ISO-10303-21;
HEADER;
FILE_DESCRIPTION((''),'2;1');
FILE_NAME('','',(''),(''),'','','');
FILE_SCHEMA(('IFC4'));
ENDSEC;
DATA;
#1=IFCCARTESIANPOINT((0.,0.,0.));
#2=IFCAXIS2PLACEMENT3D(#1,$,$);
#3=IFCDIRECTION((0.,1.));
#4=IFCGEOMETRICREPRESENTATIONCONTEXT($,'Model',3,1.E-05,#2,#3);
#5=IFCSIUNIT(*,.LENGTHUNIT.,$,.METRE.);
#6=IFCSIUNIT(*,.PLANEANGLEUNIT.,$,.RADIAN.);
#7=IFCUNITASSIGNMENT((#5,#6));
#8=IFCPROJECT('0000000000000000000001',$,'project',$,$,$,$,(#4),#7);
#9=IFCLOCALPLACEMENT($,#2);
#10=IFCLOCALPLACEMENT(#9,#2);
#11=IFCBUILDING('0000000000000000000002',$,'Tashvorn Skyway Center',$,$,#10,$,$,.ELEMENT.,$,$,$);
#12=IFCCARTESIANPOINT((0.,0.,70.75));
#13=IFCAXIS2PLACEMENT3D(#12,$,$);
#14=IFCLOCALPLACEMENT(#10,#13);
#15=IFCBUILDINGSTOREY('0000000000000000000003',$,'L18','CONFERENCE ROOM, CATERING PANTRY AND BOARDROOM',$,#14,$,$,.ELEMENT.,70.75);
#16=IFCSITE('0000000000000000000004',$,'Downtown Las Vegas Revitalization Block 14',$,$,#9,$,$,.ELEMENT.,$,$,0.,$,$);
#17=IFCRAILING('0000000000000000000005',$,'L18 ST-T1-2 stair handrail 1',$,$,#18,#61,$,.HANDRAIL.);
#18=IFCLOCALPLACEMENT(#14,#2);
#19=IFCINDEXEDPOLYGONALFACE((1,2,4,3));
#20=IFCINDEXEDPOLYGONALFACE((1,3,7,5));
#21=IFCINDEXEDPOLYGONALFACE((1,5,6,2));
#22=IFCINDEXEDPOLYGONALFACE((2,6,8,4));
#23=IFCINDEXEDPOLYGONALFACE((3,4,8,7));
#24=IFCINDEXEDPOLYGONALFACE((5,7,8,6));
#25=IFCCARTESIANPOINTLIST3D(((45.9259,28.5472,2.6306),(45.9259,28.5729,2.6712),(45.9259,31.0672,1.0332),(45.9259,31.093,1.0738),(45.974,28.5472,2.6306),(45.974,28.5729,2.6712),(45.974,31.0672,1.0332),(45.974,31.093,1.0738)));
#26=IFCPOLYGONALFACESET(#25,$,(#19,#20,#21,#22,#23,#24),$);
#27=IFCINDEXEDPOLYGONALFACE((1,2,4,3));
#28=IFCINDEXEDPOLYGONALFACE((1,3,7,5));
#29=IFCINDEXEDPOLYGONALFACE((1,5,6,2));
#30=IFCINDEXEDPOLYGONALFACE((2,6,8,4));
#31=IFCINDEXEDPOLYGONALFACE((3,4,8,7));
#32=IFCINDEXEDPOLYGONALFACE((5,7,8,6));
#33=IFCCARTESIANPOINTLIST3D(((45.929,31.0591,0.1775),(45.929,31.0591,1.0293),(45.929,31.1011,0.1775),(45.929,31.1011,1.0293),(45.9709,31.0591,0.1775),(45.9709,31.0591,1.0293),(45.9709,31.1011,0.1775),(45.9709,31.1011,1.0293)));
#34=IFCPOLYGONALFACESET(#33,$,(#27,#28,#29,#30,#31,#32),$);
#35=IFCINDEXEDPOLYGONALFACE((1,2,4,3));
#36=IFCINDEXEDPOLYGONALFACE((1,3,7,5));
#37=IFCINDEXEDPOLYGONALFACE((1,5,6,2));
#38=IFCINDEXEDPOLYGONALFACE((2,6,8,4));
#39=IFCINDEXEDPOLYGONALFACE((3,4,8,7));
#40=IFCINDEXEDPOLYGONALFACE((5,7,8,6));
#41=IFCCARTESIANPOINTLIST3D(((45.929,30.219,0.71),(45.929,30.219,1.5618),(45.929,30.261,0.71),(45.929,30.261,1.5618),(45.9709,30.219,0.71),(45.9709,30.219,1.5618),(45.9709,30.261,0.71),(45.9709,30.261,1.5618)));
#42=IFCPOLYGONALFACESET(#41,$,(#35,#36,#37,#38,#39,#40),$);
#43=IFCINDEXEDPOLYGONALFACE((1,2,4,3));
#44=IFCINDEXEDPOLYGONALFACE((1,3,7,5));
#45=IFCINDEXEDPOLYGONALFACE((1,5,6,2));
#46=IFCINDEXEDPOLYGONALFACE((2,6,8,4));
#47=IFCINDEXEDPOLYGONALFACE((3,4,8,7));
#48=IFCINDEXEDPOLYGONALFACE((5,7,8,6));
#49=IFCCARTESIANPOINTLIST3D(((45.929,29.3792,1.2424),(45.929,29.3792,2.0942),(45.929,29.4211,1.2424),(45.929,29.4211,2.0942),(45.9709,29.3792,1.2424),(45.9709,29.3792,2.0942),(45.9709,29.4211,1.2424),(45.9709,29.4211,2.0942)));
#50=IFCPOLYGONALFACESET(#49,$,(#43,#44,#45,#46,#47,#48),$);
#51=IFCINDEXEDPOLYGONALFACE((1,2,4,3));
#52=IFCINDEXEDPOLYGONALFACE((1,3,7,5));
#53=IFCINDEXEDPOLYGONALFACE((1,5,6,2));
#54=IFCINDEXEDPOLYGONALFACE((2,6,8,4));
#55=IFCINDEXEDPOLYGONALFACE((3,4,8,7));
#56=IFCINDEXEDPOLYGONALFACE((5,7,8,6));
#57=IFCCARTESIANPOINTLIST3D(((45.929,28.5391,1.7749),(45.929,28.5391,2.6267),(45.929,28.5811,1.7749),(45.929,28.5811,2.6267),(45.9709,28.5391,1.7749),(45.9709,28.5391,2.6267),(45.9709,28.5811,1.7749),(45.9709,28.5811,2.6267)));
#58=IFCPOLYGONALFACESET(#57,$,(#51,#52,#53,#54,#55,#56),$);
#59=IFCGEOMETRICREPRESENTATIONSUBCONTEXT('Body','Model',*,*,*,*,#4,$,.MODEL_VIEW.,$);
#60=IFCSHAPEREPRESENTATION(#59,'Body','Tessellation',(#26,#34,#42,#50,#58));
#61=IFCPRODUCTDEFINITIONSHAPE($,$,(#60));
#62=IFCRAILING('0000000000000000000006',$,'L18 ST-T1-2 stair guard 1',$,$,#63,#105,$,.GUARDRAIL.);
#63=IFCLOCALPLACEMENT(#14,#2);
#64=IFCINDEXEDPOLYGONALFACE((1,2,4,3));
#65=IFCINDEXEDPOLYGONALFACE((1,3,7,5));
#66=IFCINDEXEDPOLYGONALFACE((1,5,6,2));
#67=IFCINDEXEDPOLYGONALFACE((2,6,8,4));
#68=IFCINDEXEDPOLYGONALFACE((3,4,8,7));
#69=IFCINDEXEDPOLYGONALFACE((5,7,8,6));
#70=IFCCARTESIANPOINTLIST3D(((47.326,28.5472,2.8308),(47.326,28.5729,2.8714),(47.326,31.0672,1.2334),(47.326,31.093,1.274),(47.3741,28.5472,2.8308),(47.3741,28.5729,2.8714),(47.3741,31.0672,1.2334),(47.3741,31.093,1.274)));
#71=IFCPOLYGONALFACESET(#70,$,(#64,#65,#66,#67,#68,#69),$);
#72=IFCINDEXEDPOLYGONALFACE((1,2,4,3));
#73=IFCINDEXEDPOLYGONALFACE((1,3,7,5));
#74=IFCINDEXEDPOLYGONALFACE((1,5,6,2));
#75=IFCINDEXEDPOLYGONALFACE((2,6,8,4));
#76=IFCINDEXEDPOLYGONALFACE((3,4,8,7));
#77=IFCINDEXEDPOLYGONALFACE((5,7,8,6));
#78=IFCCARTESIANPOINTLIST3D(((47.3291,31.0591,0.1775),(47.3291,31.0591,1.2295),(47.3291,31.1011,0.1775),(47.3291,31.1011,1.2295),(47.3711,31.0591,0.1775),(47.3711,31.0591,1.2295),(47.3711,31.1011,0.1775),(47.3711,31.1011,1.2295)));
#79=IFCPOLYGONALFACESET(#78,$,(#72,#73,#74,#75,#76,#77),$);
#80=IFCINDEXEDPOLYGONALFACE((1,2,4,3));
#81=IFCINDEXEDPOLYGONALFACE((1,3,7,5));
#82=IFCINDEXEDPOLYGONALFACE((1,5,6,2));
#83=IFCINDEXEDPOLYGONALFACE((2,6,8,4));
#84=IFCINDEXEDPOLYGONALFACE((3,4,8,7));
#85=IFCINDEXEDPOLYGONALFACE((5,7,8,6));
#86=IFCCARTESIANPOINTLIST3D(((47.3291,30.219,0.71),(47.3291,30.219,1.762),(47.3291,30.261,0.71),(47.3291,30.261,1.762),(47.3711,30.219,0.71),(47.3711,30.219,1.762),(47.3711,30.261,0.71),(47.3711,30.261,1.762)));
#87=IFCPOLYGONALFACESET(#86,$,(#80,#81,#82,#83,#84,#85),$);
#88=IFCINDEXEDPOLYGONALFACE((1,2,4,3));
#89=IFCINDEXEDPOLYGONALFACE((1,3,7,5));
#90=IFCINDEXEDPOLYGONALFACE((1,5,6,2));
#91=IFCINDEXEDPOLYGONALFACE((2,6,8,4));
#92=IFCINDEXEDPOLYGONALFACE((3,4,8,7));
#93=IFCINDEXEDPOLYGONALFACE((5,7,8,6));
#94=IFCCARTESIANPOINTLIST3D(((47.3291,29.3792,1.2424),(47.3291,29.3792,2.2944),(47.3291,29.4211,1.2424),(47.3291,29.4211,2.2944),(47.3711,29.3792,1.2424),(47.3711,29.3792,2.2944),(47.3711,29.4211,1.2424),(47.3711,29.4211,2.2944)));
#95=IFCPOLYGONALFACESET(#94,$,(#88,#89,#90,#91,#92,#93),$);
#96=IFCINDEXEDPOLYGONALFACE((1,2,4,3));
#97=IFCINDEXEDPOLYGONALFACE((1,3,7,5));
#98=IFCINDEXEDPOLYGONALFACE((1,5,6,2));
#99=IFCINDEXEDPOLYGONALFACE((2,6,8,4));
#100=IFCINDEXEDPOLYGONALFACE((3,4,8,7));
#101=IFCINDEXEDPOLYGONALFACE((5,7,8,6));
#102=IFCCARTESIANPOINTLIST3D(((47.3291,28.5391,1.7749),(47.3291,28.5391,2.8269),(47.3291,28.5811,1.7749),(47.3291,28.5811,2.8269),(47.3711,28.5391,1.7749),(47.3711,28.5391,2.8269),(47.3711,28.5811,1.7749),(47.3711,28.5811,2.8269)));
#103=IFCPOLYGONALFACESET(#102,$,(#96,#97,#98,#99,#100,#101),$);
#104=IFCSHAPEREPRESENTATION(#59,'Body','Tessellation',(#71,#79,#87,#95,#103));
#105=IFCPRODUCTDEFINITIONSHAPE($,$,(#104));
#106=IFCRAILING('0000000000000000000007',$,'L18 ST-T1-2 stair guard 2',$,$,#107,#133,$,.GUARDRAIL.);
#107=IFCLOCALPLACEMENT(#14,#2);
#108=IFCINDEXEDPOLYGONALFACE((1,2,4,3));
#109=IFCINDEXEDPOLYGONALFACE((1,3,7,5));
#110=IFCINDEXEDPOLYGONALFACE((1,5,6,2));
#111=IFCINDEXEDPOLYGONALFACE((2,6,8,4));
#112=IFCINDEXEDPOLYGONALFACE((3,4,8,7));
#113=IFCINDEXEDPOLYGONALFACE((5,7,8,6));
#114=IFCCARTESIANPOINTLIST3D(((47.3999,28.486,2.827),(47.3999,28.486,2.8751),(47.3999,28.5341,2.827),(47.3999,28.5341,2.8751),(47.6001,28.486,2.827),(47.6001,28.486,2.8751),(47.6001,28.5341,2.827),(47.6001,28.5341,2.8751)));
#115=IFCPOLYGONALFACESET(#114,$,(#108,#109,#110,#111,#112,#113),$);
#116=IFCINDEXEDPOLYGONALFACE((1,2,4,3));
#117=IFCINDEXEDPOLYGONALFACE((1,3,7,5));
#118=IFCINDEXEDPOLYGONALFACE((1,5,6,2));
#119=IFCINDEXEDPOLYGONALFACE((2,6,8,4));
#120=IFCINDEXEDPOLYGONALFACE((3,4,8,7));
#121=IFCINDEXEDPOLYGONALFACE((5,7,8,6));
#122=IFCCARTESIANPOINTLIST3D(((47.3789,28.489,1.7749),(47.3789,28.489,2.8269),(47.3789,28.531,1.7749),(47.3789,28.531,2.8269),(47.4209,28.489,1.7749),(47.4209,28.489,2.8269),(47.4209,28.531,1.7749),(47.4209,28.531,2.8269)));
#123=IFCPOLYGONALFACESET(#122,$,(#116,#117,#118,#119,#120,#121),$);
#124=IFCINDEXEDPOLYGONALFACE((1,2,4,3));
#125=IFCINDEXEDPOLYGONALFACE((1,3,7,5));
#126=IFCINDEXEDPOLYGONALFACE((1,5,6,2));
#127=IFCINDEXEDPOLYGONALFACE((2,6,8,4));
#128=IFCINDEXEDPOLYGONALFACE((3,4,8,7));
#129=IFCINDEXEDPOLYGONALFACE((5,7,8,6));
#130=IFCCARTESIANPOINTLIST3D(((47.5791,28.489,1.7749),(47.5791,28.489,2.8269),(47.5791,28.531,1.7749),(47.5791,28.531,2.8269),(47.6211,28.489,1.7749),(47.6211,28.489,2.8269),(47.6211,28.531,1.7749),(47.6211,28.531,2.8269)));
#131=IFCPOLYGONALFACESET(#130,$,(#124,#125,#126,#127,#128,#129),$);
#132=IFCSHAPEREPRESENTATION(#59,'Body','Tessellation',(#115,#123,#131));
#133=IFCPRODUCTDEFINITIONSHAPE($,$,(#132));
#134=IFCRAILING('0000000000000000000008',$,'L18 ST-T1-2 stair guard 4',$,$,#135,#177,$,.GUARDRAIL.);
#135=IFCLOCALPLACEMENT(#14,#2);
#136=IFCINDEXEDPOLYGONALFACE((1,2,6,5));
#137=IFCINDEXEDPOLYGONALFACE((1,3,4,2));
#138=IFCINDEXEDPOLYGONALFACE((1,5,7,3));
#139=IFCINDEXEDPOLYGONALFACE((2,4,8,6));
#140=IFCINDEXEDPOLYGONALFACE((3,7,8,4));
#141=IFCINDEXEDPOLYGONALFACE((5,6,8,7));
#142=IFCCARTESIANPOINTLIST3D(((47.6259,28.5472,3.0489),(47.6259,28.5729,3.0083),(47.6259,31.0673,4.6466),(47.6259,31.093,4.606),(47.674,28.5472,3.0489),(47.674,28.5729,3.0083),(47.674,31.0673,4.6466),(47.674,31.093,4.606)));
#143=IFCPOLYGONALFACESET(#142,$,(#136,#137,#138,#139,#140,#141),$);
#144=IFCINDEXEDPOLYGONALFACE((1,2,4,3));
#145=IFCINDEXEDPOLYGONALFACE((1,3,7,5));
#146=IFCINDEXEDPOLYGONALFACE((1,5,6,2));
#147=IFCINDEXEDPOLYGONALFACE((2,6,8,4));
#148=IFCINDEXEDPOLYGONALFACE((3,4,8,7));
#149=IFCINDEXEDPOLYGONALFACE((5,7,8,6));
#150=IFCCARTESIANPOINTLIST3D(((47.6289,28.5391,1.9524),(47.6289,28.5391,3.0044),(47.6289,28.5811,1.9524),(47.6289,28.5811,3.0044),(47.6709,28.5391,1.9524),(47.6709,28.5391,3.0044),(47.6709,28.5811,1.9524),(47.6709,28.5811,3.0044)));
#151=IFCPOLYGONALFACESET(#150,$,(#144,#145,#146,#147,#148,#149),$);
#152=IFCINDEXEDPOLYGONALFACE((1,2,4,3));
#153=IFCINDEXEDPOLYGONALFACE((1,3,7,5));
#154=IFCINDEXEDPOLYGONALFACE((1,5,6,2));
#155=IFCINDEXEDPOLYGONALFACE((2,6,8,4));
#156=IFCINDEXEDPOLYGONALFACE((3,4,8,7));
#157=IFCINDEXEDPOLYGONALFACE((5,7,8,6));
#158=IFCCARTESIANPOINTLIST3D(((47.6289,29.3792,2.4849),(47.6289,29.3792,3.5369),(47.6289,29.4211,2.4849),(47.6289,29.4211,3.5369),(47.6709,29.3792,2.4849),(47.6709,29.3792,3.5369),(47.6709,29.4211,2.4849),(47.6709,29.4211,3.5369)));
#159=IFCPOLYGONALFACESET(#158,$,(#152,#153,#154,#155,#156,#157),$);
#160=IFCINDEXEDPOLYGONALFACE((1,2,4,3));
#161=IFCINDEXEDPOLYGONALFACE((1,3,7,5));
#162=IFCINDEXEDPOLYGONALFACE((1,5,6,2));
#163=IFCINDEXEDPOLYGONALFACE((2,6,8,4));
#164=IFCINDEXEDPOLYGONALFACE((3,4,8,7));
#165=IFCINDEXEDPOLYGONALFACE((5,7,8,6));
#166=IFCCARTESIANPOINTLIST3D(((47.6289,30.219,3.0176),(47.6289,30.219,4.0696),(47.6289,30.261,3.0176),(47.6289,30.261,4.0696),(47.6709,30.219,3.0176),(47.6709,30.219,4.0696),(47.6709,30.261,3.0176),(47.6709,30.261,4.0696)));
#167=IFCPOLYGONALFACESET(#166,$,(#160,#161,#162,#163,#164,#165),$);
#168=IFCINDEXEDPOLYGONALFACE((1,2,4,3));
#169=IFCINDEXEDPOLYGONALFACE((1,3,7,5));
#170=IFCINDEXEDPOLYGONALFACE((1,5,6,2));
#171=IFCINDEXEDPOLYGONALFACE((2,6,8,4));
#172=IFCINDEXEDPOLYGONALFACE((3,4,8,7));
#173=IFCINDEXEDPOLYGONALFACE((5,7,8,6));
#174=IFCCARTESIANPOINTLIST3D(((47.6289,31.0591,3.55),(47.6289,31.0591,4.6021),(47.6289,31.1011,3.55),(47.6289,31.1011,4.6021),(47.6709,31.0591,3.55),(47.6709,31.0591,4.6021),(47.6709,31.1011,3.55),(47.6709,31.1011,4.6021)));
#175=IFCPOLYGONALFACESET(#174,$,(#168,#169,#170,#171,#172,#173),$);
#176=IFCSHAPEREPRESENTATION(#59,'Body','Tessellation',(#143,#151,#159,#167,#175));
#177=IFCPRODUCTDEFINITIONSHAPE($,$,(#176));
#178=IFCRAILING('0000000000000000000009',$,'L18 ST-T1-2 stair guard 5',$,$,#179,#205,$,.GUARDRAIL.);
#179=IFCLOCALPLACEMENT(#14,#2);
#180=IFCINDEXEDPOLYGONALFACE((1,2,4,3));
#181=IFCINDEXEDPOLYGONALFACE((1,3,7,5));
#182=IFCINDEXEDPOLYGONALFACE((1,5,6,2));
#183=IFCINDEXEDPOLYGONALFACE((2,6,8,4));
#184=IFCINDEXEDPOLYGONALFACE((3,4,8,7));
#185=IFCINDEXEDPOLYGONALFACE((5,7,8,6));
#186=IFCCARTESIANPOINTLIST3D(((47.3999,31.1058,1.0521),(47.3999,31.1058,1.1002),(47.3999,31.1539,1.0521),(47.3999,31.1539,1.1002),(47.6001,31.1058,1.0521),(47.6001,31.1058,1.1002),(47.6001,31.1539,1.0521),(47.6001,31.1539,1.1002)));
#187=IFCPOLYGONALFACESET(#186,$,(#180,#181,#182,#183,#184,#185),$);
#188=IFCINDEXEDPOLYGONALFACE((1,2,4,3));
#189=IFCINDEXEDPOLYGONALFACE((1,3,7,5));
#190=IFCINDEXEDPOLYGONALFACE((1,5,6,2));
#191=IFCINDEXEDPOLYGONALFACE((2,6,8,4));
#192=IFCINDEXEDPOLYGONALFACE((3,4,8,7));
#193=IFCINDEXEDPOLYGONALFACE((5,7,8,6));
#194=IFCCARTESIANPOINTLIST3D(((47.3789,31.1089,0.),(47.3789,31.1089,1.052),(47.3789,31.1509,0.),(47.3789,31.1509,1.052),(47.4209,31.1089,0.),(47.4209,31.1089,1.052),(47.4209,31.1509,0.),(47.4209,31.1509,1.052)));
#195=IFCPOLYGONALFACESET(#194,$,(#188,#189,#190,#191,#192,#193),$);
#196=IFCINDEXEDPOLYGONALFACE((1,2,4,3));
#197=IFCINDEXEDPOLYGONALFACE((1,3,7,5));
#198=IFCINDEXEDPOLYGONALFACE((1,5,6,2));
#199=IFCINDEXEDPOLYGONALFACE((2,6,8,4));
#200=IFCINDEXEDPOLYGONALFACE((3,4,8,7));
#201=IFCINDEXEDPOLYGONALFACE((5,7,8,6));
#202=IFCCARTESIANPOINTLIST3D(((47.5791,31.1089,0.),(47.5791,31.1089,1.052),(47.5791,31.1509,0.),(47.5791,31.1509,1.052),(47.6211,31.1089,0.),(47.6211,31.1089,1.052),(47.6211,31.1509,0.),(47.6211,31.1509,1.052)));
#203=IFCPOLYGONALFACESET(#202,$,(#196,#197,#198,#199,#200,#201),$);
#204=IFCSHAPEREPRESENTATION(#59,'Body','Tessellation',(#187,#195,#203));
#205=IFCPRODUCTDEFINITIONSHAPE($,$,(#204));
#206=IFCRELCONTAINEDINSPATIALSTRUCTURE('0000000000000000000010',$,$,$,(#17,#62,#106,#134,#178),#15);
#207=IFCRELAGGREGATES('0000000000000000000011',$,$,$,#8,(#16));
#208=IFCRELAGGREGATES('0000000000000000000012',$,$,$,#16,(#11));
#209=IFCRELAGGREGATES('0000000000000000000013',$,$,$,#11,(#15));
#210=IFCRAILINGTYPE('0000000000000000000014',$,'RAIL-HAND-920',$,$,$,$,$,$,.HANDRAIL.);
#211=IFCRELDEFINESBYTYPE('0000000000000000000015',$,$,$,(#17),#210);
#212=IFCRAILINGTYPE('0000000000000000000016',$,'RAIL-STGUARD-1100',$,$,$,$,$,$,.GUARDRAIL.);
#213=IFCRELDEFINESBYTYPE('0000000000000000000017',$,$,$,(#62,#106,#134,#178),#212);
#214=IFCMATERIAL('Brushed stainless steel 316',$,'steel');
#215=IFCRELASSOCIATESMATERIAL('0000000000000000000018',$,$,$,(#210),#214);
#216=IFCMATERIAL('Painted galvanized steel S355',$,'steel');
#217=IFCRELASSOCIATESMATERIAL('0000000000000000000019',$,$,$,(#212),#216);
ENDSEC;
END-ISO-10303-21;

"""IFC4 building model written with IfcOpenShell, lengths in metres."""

from ifc_helpers import new_model, si_unit, direction, frame, origin, origin_2d, place, context, subcontext, project, spatial, rectangle, extrude, material, type_object, element, save


model = new_model("IFC4")

# Units and contexts
model_context = context("Model", 3, precision=1e-05, world=origin(), true_north=direction((0.0, 1.0)))
body_context = subcontext(model_context, "Body", "Model", "MODEL_VIEW")
ifc_project = project(units=[si_unit("LENGTHUNIT", "METRE"), si_unit("PLANEANGLEUNIT", "RADIAN")], contexts=[model_context])

# Site, building, storey
site_placement = place(None, origin())
site = spatial("IfcSite", under=ifc_project, at=site_placement, Name="Downtown Las Vegas Revitalization Block 14", CompositionType="ELEMENT", RefElevation=0.0)
building_placement = place(site_placement, origin())
building = spatial("IfcBuilding", under=site, at=building_placement, Name="Tashvorn Skyway Center", CompositionType="ELEMENT")
storey_placement = place(building_placement, frame((0.0, 0.0, 70.75)))
storey = spatial("IfcBuildingStorey", under=building, at=storey_placement, Name="L18", Description="CONFERENCE ROOM, CATERING PANTRY AND BOARDROOM", CompositionType="ELEMENT", Elevation=70.75)

# Railings
ifc_material_1 = material(Name="Brushed stainless steel 316", Category="steel")
railing_type_1 = type_object("IfcRailingType", Name="RAIL-HAND-920", PredefinedType="HANDRAIL", material=ifc_material_1)
railing_1_placement = place(storey_placement, frame((45.95, 31.0801, 0.1775)))
element("IfcRailing", 1, at=railing_1_placement, inside=storey, type_object=railing_type_1, Name="L18 ST-T1-2 stair handrail 1", PredefinedType="HANDRAIL", context=body_context, shape_type="SweptSolid", body=[
    extrude(rectangle(XDim=0.0481, YDim=0.0481, at=origin_2d()), frame((0.0, 0.0, 0.876), z_axis=(0.0, -0.844607, 0.535387), x_axis=(1.0, 0.0, 0.0)), (0.0, 0.0, 1.0), 2.9836),
    extrude(rectangle(XDim=0.042, YDim=0.042, at=origin_2d()), origin(), (0.0, 0.0, 1.0), 0.8518),
    extrude(rectangle(XDim=0.042, YDim=0.042, at=origin_2d()), frame((0.0, -0.8401, 0.5325)), (0.0, 0.0, 1.0), 0.8518),
    extrude(rectangle(XDim=0.042, YDim=0.042, at=origin_2d()), frame((0.0, -1.6799, 1.0649)), (0.0, 0.0, 1.0), 0.8518),
    extrude(rectangle(XDim=0.042, YDim=0.042, at=origin_2d()), frame((0.0, -2.52, 1.5974)), (0.0, 0.0, 1.0), 0.8518),
])
ifc_material_2 = material(Name="Painted galvanized steel S355", Category="steel")
railing_type_2 = type_object("IfcRailingType", Name="RAIL-STGUARD-1100", PredefinedType="GUARDRAIL", material=ifc_material_2)
railing_2_placement = place(storey_placement, frame((47.3501, 31.0801, 0.1775)))
element("IfcRailing", 2, at=railing_2_placement, inside=storey, type_object=railing_type_2, Name="L18 ST-T1-2 stair guard 1", PredefinedType="GUARDRAIL", context=body_context, shape_type="SweptSolid", body=[
    extrude(rectangle(XDim=0.0481, YDim=0.0481, at=origin_2d()), frame((0.0, 0.0, 1.0762), z_axis=(0.0, -0.844607, 0.535387), x_axis=(1.0, 0.0, 0.0)), (0.0, 0.0, 1.0), 2.9836),
    extrude(rectangle(XDim=0.042, YDim=0.042, at=origin_2d()), origin(), (0.0, 0.0, 1.0), 1.052),
    extrude(rectangle(XDim=0.042, YDim=0.042, at=origin_2d()), frame((0.0, -0.8401, 0.5325)), (0.0, 0.0, 1.0), 1.052),
    extrude(rectangle(XDim=0.042, YDim=0.042, at=origin_2d()), frame((0.0, -1.6799, 1.0649)), (0.0, 0.0, 1.0), 1.052),
    extrude(rectangle(XDim=0.042, YDim=0.042, at=origin_2d()), frame((0.0, -2.52, 1.5974)), (0.0, 0.0, 1.0), 1.052),
])
railing_3_placement = place(storey_placement, frame((47.3999, 28.51, 1.7749)))
element("IfcRailing", 3, at=railing_3_placement, inside=storey, type_object=railing_type_2, Name="L18 ST-T1-2 stair guard 2", PredefinedType="GUARDRAIL", context=body_context, shape_type="SweptSolid", body=[
    extrude(rectangle(XDim=0.0481, YDim=0.0481, at=origin_2d()), frame((0.0, 0.0, 1.0762), z_axis=(1.0, 0.0, 0.0), x_axis=(0.0, 1.0, 0.0)), (0.0, 0.0, 1.0), 0.2002),
    extrude(rectangle(XDim=0.042, YDim=0.042, at=origin_2d()), origin(), (0.0, 0.0, 1.0), 1.052),
    extrude(rectangle(XDim=0.042, YDim=0.042, at=origin_2d()), frame((0.2002, 0.0, 0.0)), (0.0, 0.0, 1.0), 1.052),
])
railing_4_placement = place(storey_placement, frame((47.6499, 28.5601, 1.9524)))
element("IfcRailing", 4, at=railing_4_placement, inside=storey, type_object=railing_type_2, Name="L18 ST-T1-2 stair guard 4", PredefinedType="GUARDRAIL", context=body_context, shape_type="SweptSolid", body=[
    extrude(rectangle(XDim=0.0481, YDim=0.0481, at=origin_2d()), frame((0.0, 0.0, 1.0762), z_axis=(0.0, 0.84457, 0.535445), x_axis=(-1.0, 0.0, 0.0)), (0.0, 0.0, 1.0), 2.9839),
    extrude(rectangle(XDim=0.042, YDim=0.042, at=origin_2d()), origin(), (0.0, 0.0, 1.0), 1.052),
    extrude(rectangle(XDim=0.042, YDim=0.042, at=origin_2d()), frame((0.0, 0.8401, 0.5325)), (0.0, 0.0, 1.0), 1.052),
    extrude(rectangle(XDim=0.042, YDim=0.042, at=origin_2d()), frame((0.0, 1.6799, 1.0652)), (0.0, 0.0, 1.0), 1.052),
    extrude(rectangle(XDim=0.042, YDim=0.042, at=origin_2d()), frame((0.0, 2.52, 1.5977)), (0.0, 0.0, 1.0), 1.052),
])
railing_5_placement = place(storey_placement, frame((47.3999, 31.1299, 0.0)))
element("IfcRailing", 5, at=railing_5_placement, inside=storey, type_object=railing_type_2, Name="L18 ST-T1-2 stair guard 5", PredefinedType="GUARDRAIL", context=body_context, shape_type="SweptSolid", body=[
    extrude(rectangle(XDim=0.0481, YDim=0.0481, at=origin_2d()), frame((0.0, 0.0, 1.0762), z_axis=(1.0, 0.0, 0.0), x_axis=(0.0, 1.0, 0.0)), (0.0, 0.0, 1.0), 0.2002),
    extrude(rectangle(XDim=0.042, YDim=0.042, at=origin_2d()), origin(), (0.0, 0.0, 1.0), 1.052),
    extrude(rectangle(XDim=0.042, YDim=0.042, at=origin_2d()), frame((0.2002, 0.0, 0.0)), (0.0, 0.0, 1.0), 1.052),
])

save(model, "model.ifc")
